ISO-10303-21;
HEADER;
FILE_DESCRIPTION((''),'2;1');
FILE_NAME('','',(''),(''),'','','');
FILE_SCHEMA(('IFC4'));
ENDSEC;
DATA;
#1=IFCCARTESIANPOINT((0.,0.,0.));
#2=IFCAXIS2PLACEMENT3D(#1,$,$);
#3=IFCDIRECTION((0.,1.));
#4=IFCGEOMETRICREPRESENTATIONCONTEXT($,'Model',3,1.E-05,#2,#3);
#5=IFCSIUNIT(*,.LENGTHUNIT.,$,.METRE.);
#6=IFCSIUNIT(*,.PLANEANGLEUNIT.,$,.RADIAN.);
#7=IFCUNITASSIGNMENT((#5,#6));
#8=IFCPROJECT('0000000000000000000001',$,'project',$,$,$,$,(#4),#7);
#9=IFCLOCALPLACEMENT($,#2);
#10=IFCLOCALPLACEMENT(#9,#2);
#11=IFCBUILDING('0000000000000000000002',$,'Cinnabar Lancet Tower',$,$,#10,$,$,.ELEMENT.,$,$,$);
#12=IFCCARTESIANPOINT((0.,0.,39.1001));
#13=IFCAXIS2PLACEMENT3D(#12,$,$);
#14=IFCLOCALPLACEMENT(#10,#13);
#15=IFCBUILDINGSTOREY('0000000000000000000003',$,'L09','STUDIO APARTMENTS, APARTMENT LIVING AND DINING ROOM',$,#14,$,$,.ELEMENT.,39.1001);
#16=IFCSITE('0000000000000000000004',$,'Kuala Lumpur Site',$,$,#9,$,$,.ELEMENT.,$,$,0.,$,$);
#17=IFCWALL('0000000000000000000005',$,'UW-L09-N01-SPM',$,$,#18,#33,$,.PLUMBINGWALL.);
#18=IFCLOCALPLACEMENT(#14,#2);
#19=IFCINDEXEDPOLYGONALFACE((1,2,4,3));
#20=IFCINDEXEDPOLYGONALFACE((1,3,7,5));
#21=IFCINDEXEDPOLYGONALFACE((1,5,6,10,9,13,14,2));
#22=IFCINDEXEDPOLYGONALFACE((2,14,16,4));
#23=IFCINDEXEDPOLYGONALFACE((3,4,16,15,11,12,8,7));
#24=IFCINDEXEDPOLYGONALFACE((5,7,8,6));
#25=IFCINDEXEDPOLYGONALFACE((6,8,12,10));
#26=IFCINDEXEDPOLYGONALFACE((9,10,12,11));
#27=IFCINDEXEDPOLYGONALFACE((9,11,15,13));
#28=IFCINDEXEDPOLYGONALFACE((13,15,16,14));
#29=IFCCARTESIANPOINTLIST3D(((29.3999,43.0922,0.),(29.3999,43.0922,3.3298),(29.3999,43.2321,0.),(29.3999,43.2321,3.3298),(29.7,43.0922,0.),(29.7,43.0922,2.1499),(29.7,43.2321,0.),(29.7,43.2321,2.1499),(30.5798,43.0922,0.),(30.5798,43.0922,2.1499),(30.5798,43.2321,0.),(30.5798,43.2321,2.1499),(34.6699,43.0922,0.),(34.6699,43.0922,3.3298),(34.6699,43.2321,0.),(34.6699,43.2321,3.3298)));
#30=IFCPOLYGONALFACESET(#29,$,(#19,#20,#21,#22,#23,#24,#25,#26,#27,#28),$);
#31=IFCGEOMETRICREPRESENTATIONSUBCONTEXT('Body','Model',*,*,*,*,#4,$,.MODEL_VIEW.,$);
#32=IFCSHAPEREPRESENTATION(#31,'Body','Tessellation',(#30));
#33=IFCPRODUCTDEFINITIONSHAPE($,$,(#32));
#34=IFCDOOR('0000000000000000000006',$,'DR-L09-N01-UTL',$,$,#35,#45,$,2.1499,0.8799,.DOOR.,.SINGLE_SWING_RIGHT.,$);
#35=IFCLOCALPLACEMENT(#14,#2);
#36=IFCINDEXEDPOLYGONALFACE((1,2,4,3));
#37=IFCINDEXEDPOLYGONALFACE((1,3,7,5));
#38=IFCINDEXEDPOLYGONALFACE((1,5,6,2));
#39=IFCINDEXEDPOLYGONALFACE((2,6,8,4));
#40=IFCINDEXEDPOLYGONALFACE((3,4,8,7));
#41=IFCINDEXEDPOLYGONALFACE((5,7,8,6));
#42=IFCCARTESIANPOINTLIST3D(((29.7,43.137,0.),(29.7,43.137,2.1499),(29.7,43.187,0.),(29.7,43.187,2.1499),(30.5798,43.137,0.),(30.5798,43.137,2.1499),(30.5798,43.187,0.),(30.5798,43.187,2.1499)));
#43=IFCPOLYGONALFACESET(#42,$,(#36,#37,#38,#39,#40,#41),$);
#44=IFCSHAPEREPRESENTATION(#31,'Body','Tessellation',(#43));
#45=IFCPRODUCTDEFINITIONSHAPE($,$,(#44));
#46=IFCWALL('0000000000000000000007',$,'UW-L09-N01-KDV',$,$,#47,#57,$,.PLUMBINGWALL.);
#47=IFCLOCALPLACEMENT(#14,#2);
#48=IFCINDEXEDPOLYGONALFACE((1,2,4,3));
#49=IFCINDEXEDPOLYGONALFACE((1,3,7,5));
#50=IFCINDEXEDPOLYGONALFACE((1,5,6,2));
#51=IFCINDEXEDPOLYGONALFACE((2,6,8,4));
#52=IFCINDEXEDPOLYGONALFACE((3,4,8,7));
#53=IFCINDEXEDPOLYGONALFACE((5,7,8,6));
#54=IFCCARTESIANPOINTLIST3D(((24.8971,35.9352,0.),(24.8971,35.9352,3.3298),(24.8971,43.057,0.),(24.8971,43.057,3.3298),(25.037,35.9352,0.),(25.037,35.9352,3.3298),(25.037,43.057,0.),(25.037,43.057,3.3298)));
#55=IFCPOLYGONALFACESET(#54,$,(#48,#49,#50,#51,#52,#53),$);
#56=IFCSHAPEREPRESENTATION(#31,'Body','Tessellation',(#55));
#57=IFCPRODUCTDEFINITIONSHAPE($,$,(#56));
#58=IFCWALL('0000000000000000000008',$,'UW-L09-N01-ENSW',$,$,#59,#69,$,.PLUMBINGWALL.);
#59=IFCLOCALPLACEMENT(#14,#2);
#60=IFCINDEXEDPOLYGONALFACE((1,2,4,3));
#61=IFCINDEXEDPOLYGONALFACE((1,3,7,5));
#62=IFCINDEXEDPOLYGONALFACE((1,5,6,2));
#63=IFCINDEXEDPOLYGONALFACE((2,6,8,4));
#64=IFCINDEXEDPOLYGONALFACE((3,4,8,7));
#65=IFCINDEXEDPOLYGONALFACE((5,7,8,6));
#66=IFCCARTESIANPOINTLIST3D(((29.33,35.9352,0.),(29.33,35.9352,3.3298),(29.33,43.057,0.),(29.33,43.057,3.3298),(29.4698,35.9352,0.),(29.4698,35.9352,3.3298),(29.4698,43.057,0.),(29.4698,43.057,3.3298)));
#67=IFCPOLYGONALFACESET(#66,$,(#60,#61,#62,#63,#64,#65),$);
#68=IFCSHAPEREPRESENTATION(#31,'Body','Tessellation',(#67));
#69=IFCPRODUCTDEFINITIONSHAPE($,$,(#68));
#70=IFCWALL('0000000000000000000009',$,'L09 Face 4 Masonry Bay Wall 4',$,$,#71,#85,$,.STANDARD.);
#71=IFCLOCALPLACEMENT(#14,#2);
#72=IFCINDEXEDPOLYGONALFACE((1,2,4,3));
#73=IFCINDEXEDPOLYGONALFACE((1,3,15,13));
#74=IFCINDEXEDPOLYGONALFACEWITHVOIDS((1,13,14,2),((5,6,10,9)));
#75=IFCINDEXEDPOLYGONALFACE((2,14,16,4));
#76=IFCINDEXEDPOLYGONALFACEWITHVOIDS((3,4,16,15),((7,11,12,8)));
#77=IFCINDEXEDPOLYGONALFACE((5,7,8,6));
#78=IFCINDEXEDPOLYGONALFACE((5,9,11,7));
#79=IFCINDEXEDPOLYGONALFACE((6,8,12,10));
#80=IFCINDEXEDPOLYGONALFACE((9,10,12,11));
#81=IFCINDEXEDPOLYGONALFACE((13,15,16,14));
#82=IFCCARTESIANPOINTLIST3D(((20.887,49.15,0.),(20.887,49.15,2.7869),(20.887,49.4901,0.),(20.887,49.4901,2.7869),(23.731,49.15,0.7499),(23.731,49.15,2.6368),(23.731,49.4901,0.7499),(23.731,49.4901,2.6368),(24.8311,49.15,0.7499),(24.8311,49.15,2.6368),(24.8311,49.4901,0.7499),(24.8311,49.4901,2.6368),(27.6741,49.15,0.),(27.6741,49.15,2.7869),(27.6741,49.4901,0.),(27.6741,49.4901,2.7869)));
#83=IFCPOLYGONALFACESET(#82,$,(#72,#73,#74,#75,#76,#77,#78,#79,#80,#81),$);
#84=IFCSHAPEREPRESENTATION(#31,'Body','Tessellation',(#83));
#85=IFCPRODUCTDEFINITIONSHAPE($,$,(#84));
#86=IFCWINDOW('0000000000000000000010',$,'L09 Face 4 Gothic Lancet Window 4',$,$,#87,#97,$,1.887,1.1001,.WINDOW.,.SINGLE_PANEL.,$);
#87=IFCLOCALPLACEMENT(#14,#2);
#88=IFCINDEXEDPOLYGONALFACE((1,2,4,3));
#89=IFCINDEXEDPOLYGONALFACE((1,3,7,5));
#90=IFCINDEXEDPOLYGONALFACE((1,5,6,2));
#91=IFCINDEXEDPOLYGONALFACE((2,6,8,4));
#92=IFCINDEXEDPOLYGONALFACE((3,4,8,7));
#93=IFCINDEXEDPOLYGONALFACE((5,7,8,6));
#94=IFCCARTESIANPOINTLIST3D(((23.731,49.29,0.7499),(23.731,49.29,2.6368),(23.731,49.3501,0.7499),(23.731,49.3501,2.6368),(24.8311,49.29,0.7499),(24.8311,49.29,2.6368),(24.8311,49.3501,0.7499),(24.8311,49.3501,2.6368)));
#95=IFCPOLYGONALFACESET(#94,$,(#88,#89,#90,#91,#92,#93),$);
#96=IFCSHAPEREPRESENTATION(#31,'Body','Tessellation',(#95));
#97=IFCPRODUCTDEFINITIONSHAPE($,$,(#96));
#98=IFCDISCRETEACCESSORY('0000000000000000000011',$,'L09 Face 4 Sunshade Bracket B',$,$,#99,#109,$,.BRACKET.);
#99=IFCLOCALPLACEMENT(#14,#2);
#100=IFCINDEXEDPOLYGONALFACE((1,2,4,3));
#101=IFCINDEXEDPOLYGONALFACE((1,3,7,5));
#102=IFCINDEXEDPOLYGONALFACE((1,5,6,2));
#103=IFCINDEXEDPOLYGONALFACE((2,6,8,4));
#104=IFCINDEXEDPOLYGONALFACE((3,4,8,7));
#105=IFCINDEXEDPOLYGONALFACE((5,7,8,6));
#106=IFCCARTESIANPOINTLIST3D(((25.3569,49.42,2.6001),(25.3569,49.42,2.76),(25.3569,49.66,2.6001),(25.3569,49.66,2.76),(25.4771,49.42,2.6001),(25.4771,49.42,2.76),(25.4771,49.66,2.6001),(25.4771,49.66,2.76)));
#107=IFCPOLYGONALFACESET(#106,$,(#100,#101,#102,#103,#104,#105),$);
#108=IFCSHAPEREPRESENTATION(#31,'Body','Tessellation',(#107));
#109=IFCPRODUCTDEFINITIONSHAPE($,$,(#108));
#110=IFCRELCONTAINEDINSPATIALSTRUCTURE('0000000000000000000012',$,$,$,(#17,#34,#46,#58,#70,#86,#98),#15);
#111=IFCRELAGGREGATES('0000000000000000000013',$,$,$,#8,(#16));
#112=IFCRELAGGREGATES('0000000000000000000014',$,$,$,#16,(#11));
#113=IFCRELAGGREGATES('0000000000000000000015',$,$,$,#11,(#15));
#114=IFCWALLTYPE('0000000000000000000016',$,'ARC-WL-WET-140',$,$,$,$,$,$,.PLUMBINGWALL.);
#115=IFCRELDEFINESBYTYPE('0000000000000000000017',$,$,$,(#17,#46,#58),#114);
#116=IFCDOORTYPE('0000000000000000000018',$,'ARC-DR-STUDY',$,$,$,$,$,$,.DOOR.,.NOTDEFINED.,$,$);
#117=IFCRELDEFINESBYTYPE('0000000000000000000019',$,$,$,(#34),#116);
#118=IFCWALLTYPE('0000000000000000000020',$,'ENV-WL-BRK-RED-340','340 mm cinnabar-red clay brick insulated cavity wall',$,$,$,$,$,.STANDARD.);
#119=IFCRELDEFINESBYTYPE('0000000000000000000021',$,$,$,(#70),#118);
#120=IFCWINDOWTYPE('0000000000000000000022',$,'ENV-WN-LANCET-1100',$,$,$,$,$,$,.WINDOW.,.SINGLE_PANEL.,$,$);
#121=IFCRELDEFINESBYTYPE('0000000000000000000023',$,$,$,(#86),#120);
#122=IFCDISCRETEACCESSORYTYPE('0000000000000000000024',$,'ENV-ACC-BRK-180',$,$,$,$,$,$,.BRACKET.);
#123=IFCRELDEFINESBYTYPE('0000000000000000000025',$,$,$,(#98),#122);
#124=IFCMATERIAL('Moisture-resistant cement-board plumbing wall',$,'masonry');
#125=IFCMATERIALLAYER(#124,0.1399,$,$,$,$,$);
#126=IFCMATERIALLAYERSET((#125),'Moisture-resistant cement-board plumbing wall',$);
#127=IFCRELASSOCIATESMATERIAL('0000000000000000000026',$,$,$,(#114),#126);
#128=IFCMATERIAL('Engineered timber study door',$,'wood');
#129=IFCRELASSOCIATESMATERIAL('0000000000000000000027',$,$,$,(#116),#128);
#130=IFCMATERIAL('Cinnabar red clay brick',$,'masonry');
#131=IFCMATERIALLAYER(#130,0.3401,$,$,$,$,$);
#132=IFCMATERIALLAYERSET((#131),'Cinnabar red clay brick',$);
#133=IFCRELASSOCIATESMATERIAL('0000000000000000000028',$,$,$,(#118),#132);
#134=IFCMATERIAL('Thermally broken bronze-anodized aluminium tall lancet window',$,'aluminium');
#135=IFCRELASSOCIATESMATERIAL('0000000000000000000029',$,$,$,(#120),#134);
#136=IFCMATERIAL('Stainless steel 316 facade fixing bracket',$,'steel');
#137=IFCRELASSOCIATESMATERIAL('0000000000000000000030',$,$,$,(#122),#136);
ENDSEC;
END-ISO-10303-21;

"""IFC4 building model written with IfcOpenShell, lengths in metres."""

from ifc_helpers import new_model, si_unit, direction, frame, frame_2d, origin, origin_2d, place, context, subcontext, project, spatial, rectangle, extrude, material, layer, layer_set, type_object, element, fill, save


model = new_model("IFC4")

# Units and contexts
model_context = context("Model", 3, precision=1e-05, world=origin(), true_north=direction((0.0, 1.0)))
body_context = subcontext(model_context, "Body", "Model", "MODEL_VIEW")
ifc_project = project(units=[si_unit("LENGTHUNIT", "METRE"), si_unit("PLANEANGLEUNIT", "RADIAN")], contexts=[model_context])

# Site, building, storey
site_placement = place(None, origin())
site = spatial("IfcSite", under=ifc_project, at=site_placement, Name="Kuala Lumpur Site", CompositionType="ELEMENT", RefElevation=0.0)
building_placement = place(site_placement, origin())
building = spatial("IfcBuilding", under=site, at=building_placement, Name="Cinnabar Lancet Tower", CompositionType="ELEMENT")
storey_placement = place(building_placement, frame((0.0, 0.0, 39.1001)))
storey = spatial("IfcBuildingStorey", under=building, at=storey_placement, Name="L09", Description="STUDIO APARTMENTS, APARTMENT LIVING AND DINING ROOM", CompositionType="ELEMENT", Elevation=39.1001)

# Shared definitions
ifc_material_1 = material(Name="Moisture-resistant cement-board plumbing wall", Category="masonry")
ifc_layer_1 = layer(ifc_material_1, 0.1399)
ifc_layer_set_1 = layer_set([ifc_layer_1], Name="Moisture-resistant cement-board plumbing wall")
wall_type_1 = type_object("IfcWallType", Name="ARC-WL-WET-140", PredefinedType="PLUMBINGWALL", material=ifc_layer_set_1)
ifc_material_2 = material(Name="Engineered timber study door", Category="wood")
door_type_1 = type_object("IfcDoorType", Name="ARC-DR-STUDY", OperationType="NOTDEFINED", PredefinedType="DOOR", material=ifc_material_2)

# Wall, opening, door
wall_1_placement = place(storey_placement, frame((29.3999, 43.1621, 0.0), z_axis=(0.0, 0.0, 1.0), x_axis=(1.0, 0.0, 0.0)))
wall_1 = element("IfcWall", 1, at=wall_1_placement, inside=storey, type_object=wall_type_1, Name="UW-L09-N01-SPM", PredefinedType="PLUMBINGWALL", context=body_context, shape_type="SweptSolid", body=[
    extrude(rectangle(XDim=5.27, YDim=0.1399, at=frame_2d((2.635, 0.0))), origin(), (0.0, 0.0, 1.0), 3.3298),
])
opening_1_placement = place(wall_1_placement, frame((0.3, 0.0, 0.0)))
opening_1 = element("IfcOpeningElement", 2, at=opening_1_placement, cuts=wall_1, PredefinedType="OPENING", context=body_context, shape_type="SweptSolid", body=[
    extrude(rectangle(XDim=0.8799, YDim=2.1499, at=frame_2d((0.4399, 1.075))), frame((0.0, 0.0798, 0.0), z_axis=(0.0, -1.0, 0.0), x_axis=(1.0, 0.0, 0.0)), (0.0, 0.0, 1.0), 0.1599),
])
door_1_placement = place(opening_1_placement, origin())
door_1 = element("IfcDoor", 3, at=door_1_placement, inside=storey, type_object=door_type_1, Name="DR-L09-N01-UTL", OperationType="SINGLE_SWING_RIGHT", OverallHeight=2.1499, OverallWidth=0.8799, PredefinedType="DOOR", context=body_context, shape_type="SweptSolid", body=[
    extrude(rectangle(XDim=0.8799, YDim=2.1499, at=frame_2d((0.4399, 1.075))), frame((0.0, 0.0249, 0.0), z_axis=(0.0, -1.0, 0.0), x_axis=(1.0, 0.0, 0.0)), (0.0, 0.0, 1.0), 0.05),
])
fill(opening_1, door_1)

# Walls
for number, where, z_axis, x_axis, name in (
    (4, (24.967, 35.9351, 0.0), (0.0, 0.0, 1.0), (0.0, 1.0, 0.0), "UW-L09-N01-KDV"),
    (5, (29.3999, 35.9351, 0.0), (0.0, 0.0, 1.0), (0.0, 1.0, 0.0), "UW-L09-N01-ENSW"),
):
    element("IfcWall", number, at=place(storey_placement, frame(where, z_axis=z_axis, x_axis=x_axis)), inside=storey, type_object=wall_type_1, Name=name, PredefinedType="PLUMBINGWALL", context=body_context, shape_type="SweptSolid", body=[
        extrude(rectangle(XDim=7.1218, YDim=0.1399, at=frame_2d((3.561, 0.0))), origin(), (0.0, 0.0, 1.0), 3.3298),
    ])

# Wall, opening, window
ifc_material_3 = material(Name="Cinnabar red clay brick", Category="masonry")
ifc_layer_2 = layer(ifc_material_3, 0.3401)
ifc_layer_set_2 = layer_set([ifc_layer_2], Name="Cinnabar red clay brick")
wall_type_2 = type_object("IfcWallType", Name="ENV-WL-BRK-RED-340", Description="340 mm cinnabar-red clay brick insulated cavity wall", PredefinedType="STANDARD", material=ifc_layer_set_2)
wall_2_placement = place(storey_placement, frame((27.6741, 49.3201, 0.0), z_axis=(0.0, 0.0, 1.0), x_axis=(-1.0, 0.0, 0.0)))
wall_2 = element("IfcWall", 6, at=wall_2_placement, inside=storey, type_object=wall_type_2, Name="L09 Face 4 Masonry Bay Wall 4", PredefinedType="STANDARD", context=body_context, shape_type="SweptSolid", body=[
    extrude(rectangle(XDim=6.7871, YDim=0.3401, at=frame_2d((3.3936, 0.0))), origin(), (0.0, 0.0, 1.0), 2.7869),
])
opening_2_placement = place(wall_2_placement, frame((2.843, 0.0, 0.75)))
opening_2 = element("IfcOpeningElement", 7, at=opening_2_placement, cuts=wall_2, PredefinedType="OPENING", context=body_context, shape_type="SweptSolid", body=[
    extrude(rectangle(XDim=1.1001, YDim=1.887, at=frame_2d((0.55, 0.9434))), frame((0.0, 0.1799, 0.0), z_axis=(0.0, -1.0, 0.0), x_axis=(1.0, 0.0, 0.0)), (0.0, 0.0, 1.0), 0.3601),
])
ifc_material_4 = material(Name="Thermally broken bronze-anodized aluminium tall lancet window", Category="aluminium")
window_type = type_object("IfcWindowType", Name="ENV-WN-LANCET-1100", PartitioningType="SINGLE_PANEL", PredefinedType="WINDOW", material=ifc_material_4)
window_placement = place(opening_2_placement, origin())
window = element("IfcWindow", 8, at=window_placement, inside=storey, type_object=window_type, Name="L09 Face 4 Gothic Lancet Window 4", OverallHeight=1.887, OverallWidth=1.1001, PartitioningType="SINGLE_PANEL", PredefinedType="WINDOW", context=body_context, shape_type="SweptSolid", body=[
    extrude(rectangle(XDim=1.1001, YDim=1.887, at=frame_2d((0.55, 0.9434))), frame((0.0, 0.03, 0.0), z_axis=(0.0, -1.0, 0.0), x_axis=(1.0, 0.0, 0.0)), (0.0, 0.0, 1.0), 0.0601),
])
fill(opening_2, window)

# Discrete accessory
ifc_material_5 = material(Name="Stainless steel 316 facade fixing bracket", Category="steel")
discrete_accessory_type = type_object("IfcDiscreteAccessoryType", Name="ENV-ACC-BRK-180", PredefinedType="BRACKET", material=ifc_material_5)
discrete_accessory_placement = place(storey_placement, frame((25.417, 49.54, 2.6001), z_axis=(0.0, 0.0, 1.0), x_axis=(-1.0, 0.0, 0.0)))
element("IfcDiscreteAccessory", 9, at=discrete_accessory_placement, inside=storey, type_object=discrete_accessory_type, Name="L09 Face 4 Sunshade Bracket B", PredefinedType="BRACKET", context=body_context, shape_type="SweptSolid", body=[
    extrude(rectangle(XDim=0.1201, YDim=0.24, at=origin_2d()), origin(), (0.0, 0.0, 1.0), 0.1599),
])

save(model, "model.ifc")
